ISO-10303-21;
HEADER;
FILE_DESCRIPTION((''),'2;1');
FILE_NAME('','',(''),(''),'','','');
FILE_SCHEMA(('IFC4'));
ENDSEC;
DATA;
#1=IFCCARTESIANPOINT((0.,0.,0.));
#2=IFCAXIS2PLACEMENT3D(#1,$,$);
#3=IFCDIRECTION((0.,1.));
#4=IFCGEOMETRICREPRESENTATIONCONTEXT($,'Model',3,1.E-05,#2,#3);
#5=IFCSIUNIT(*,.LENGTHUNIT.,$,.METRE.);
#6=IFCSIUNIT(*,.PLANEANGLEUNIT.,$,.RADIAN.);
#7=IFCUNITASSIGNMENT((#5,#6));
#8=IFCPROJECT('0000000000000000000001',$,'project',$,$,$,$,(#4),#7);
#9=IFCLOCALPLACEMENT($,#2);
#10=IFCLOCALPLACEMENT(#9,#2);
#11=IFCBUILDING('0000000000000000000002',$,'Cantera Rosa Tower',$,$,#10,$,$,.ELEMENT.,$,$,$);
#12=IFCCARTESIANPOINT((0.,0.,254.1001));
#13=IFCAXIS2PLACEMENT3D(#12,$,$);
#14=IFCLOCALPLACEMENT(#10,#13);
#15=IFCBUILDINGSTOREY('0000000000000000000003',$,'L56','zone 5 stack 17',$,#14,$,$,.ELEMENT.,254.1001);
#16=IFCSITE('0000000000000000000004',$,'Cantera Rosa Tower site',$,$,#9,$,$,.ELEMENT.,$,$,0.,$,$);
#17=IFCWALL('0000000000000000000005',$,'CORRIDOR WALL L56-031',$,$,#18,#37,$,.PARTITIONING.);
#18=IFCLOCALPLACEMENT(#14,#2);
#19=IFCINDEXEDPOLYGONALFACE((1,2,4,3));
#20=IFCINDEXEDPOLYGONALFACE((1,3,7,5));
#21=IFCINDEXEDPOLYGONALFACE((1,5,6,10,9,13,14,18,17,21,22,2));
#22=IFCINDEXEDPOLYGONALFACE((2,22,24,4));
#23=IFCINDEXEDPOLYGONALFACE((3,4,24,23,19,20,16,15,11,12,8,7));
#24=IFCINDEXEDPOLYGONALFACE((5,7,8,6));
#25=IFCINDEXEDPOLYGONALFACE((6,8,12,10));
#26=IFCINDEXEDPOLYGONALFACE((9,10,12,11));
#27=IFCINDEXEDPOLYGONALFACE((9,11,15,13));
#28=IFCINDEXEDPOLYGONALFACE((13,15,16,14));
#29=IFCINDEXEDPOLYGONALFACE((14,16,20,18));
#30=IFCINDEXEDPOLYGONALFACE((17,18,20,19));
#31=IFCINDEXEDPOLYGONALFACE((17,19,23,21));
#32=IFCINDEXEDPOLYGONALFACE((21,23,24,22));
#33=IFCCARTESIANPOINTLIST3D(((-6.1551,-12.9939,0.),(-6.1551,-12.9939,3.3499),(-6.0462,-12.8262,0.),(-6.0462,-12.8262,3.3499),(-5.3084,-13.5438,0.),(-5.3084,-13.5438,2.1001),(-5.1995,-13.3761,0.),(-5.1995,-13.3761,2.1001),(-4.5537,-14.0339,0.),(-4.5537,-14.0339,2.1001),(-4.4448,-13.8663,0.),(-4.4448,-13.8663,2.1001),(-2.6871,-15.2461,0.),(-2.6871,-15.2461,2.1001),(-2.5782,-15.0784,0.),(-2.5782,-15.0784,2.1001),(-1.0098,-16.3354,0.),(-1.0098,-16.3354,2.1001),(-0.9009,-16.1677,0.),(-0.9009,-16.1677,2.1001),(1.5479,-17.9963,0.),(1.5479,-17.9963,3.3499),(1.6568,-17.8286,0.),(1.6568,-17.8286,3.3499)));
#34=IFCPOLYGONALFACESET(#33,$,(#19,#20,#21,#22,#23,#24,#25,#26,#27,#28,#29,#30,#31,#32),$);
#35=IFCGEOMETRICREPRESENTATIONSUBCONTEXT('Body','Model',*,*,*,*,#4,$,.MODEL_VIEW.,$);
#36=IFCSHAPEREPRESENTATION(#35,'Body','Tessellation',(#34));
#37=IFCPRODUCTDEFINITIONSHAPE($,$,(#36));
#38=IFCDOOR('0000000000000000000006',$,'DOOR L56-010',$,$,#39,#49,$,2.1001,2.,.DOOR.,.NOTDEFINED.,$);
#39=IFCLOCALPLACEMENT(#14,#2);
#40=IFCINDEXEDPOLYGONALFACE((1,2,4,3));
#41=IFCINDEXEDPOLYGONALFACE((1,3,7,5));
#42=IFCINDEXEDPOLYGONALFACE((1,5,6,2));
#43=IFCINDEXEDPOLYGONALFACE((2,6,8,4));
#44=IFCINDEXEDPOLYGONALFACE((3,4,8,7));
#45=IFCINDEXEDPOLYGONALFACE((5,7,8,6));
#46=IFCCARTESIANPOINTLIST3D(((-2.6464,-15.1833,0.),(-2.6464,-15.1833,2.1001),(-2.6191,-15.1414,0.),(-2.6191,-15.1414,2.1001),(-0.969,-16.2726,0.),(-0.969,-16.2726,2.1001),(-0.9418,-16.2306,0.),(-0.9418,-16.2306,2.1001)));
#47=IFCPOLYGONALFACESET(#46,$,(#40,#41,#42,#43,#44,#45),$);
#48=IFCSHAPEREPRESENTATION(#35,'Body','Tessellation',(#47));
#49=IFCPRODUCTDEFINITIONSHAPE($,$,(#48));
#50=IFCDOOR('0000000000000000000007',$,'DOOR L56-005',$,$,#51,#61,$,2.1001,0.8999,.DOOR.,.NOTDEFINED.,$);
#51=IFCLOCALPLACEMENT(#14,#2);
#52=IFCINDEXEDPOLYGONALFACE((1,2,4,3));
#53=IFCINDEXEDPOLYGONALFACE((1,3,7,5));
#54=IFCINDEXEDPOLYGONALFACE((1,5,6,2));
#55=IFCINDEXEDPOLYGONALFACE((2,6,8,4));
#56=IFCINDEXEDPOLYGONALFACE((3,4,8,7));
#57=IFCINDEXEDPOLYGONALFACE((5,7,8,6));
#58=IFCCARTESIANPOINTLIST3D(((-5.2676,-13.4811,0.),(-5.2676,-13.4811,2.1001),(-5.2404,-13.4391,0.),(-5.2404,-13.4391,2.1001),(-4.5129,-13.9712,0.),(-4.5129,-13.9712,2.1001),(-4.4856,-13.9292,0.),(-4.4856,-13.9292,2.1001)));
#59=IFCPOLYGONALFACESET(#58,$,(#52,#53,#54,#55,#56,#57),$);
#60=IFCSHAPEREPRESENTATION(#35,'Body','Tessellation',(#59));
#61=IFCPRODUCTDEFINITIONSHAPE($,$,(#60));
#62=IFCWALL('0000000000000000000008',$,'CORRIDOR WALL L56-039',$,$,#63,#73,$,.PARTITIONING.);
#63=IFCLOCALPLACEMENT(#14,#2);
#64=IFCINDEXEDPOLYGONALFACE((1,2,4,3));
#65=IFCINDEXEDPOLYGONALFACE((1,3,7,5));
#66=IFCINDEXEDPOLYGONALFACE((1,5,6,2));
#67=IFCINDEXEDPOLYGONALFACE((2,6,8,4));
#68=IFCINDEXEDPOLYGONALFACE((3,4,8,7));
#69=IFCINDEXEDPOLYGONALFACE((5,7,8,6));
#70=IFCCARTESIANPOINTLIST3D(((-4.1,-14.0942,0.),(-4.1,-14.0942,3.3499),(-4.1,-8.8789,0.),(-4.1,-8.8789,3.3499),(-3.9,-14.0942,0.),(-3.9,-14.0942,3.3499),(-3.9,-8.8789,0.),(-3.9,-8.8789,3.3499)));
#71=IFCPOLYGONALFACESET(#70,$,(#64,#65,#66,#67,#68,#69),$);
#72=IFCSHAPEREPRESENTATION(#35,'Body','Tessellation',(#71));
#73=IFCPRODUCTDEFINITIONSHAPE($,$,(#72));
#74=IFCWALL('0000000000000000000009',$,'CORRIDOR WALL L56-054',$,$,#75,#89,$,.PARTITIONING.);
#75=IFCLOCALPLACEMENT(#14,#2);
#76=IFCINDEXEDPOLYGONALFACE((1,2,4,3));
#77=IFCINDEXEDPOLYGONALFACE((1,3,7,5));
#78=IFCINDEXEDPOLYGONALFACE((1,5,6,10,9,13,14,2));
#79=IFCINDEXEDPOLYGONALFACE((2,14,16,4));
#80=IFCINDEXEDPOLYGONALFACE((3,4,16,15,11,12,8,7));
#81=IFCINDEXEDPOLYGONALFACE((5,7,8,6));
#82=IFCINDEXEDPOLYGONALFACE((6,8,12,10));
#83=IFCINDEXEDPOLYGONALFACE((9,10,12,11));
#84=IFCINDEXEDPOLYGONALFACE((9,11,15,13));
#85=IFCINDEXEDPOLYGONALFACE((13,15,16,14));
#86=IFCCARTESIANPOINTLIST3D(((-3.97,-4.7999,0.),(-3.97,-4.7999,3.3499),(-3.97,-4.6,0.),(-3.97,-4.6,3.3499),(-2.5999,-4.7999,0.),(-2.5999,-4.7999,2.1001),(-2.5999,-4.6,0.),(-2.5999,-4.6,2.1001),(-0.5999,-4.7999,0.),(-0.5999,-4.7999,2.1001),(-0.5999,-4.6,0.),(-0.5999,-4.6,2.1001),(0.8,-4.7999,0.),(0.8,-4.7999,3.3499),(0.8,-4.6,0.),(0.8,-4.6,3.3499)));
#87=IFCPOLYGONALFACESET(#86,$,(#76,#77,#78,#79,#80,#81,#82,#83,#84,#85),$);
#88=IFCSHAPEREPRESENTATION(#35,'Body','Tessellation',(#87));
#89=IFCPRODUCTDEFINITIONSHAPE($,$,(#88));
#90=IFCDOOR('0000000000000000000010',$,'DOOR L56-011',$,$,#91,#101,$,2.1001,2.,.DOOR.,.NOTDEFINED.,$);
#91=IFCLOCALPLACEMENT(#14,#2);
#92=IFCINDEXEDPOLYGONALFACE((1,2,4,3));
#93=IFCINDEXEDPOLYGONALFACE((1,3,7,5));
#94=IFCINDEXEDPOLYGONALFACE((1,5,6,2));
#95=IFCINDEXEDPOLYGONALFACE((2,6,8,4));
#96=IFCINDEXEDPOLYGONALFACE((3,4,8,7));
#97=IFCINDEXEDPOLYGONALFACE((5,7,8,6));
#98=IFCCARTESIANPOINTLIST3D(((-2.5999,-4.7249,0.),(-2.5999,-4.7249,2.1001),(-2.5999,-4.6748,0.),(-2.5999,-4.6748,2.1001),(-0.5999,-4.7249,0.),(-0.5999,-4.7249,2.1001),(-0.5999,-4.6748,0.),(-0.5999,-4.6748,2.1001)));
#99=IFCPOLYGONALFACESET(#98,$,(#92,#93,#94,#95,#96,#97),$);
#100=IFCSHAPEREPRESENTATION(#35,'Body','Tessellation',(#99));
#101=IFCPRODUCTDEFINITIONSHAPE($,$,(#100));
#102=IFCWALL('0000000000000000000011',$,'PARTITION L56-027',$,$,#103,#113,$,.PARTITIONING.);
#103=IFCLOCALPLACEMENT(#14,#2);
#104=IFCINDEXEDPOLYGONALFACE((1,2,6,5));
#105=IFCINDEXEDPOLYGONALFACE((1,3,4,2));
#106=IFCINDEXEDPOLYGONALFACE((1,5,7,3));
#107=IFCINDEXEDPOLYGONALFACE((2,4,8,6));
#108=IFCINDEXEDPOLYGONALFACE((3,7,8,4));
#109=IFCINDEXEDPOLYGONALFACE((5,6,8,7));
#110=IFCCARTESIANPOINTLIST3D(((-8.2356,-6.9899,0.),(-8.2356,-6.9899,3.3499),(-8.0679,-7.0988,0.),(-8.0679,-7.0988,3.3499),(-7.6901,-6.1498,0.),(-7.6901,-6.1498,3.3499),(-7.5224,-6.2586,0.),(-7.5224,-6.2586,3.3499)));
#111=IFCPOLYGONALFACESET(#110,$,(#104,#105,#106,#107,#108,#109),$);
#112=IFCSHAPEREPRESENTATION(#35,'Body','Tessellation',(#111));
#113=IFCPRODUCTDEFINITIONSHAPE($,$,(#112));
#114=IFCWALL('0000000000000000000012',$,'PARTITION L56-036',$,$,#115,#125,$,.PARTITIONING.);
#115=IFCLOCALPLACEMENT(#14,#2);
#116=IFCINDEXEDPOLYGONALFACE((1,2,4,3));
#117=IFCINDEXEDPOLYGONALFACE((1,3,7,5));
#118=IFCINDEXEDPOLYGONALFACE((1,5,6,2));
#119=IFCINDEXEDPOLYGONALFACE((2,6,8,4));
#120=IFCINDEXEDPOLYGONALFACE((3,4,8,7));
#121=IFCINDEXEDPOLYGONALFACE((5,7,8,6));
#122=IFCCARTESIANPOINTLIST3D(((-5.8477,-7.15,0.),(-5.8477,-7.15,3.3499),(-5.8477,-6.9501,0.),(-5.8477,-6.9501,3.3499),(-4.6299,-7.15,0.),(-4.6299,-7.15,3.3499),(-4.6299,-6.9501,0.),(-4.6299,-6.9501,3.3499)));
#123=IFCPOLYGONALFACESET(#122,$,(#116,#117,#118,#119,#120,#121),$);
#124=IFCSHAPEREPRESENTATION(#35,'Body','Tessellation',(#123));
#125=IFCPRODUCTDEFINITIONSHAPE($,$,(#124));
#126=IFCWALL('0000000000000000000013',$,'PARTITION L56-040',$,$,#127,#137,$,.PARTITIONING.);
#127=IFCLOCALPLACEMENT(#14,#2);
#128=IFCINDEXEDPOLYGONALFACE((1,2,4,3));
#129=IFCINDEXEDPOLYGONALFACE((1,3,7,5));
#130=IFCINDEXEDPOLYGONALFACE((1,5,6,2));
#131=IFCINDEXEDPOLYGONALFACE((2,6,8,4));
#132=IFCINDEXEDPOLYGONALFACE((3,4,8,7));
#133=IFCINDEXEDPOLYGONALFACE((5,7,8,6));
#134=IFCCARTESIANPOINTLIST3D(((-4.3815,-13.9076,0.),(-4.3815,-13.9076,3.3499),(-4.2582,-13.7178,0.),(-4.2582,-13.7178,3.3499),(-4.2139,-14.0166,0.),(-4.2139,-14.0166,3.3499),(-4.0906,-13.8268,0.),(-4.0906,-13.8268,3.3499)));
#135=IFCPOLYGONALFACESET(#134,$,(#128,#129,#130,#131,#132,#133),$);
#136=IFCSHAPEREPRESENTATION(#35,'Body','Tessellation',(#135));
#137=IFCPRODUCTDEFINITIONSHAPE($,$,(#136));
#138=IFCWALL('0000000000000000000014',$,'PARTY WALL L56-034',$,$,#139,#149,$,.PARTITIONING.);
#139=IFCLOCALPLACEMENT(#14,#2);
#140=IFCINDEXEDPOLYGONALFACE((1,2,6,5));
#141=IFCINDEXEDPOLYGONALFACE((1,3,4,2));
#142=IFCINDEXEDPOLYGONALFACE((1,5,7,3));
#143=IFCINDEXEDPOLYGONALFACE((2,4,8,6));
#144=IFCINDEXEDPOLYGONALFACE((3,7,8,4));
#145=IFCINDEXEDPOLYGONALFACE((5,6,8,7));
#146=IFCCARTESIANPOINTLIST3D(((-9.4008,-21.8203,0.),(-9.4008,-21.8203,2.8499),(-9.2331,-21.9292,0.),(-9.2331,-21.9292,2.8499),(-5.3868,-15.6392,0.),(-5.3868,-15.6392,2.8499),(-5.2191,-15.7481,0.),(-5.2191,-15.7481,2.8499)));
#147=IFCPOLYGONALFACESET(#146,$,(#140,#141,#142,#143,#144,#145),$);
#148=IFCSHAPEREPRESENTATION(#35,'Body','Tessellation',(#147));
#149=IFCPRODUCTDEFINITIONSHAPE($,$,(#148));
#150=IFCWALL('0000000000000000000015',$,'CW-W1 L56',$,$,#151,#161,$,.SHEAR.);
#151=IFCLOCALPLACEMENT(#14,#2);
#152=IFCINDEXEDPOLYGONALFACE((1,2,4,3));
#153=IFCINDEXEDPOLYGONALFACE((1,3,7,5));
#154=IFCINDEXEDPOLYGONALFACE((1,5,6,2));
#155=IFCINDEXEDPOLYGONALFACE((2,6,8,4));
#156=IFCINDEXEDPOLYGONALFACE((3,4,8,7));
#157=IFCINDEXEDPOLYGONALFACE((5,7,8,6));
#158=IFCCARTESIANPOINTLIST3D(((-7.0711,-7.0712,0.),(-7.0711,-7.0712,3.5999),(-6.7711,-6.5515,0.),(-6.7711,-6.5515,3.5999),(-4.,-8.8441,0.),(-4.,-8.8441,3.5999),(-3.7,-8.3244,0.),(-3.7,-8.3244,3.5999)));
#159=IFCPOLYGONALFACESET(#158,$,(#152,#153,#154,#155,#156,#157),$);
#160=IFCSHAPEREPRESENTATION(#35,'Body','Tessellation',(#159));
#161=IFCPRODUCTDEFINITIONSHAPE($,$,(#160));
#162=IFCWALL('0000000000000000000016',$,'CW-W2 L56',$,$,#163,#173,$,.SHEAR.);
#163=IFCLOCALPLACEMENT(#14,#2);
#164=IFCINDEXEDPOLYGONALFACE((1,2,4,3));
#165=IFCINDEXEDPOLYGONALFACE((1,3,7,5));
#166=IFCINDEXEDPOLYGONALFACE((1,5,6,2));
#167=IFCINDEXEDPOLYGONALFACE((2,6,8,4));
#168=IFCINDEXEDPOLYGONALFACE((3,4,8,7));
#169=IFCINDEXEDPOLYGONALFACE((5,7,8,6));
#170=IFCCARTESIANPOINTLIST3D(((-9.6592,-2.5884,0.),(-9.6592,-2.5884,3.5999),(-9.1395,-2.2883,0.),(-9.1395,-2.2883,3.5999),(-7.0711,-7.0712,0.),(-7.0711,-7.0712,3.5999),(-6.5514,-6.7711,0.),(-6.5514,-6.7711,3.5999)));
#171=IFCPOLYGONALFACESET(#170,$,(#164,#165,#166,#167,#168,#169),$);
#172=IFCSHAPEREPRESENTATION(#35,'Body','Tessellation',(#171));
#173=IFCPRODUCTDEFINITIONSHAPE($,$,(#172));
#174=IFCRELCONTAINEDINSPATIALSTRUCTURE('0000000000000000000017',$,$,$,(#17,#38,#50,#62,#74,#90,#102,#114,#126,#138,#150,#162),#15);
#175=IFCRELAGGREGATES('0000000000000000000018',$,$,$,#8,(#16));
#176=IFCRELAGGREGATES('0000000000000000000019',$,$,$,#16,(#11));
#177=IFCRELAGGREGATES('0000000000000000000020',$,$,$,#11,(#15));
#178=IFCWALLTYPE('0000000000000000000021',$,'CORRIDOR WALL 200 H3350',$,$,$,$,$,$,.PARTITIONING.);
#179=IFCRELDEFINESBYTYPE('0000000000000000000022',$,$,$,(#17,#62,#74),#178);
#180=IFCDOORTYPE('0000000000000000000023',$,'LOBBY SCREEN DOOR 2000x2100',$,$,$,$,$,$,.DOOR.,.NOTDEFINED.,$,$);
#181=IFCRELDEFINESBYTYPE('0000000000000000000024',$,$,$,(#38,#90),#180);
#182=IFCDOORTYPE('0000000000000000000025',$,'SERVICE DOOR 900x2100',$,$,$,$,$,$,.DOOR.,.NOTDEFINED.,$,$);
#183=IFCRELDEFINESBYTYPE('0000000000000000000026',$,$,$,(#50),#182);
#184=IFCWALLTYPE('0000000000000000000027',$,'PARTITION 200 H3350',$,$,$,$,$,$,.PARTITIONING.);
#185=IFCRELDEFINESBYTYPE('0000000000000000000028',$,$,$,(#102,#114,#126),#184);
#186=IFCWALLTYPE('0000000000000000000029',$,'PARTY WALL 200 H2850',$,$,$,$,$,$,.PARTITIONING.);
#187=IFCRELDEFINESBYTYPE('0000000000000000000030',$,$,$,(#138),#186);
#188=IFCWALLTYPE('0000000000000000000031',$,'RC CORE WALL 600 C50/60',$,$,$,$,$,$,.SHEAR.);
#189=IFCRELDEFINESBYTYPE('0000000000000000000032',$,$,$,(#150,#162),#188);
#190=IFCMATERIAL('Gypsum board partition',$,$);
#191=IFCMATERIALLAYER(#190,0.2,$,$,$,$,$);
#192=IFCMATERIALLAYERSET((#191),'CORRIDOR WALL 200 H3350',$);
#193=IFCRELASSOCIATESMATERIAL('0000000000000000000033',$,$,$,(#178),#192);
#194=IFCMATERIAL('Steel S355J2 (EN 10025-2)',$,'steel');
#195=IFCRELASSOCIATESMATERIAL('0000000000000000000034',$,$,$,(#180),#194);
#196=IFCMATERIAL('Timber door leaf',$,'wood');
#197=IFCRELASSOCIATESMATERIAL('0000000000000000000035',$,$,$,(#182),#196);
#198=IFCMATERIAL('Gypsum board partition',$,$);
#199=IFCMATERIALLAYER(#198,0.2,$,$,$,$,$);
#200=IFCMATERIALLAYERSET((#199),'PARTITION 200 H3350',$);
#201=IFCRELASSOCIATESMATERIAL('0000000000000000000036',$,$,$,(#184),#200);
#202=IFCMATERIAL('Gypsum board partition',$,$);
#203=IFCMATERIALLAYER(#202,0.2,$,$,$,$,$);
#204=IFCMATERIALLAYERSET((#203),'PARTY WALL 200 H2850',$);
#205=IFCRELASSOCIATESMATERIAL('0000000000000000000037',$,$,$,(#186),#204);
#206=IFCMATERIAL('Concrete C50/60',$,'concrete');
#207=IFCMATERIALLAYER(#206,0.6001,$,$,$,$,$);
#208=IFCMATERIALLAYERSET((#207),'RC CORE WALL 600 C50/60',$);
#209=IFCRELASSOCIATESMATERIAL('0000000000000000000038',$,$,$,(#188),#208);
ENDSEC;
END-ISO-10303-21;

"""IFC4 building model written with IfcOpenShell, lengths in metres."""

from ifc_helpers import new_model, si_unit, direction, frame, frame_2d, origin, place, context, subcontext, project, spatial, rectangle, extrude, material, layer, layer_set, type_object, element, fill, save


model = new_model("IFC4")

# Units and contexts
model_context = context("Model", 3, precision=1e-05, world=origin(), true_north=direction((0.0, 1.0)))
body_context = subcontext(model_context, "Body", "Model", "MODEL_VIEW")
ifc_project = project(units=[si_unit("LENGTHUNIT", "METRE"), si_unit("PLANEANGLEUNIT", "RADIAN")], contexts=[model_context])

# Site, building, storey
site_placement = place(None, origin())
site = spatial("IfcSite", under=ifc_project, at=site_placement, Name="Cantera Rosa Tower site", CompositionType="ELEMENT", RefElevation=0.0)
building_placement = place(site_placement, origin())
building = spatial("IfcBuilding", under=site, at=building_placement, Name="Cantera Rosa Tower", CompositionType="ELEMENT")
storey_placement = place(building_placement, frame((0.0, 0.0, 254.1001)))
storey = spatial("IfcBuildingStorey", under=building, at=storey_placement, Name="L56", Description="zone 5 stack 17", CompositionType="ELEMENT", Elevation=254.1001)

# Wall, openings, doors
ifc_material_1 = material(Name="Gypsum board partition")
ifc_layer_1 = layer(ifc_material_1, 0.2)
ifc_layer_set_1 = layer_set([ifc_layer_1], Name="CORRIDOR WALL 200 H3350")
wall_type_1 = type_object("IfcWallType", Name="CORRIDOR WALL 200 H3350", PredefinedType="PARTITIONING", material=ifc_layer_set_1)
wall_1_placement = place(storey_placement, frame((-6.1006, -12.9102, 0.0), z_axis=(0.0, 0.0, 1.0), x_axis=(0.838672, -0.544637, 0.0)))
wall_1 = element("IfcWall", 1, at=wall_1_placement, inside=storey, type_object=wall_type_1, Name="CORRIDOR WALL L56-031", PredefinedType="PARTITIONING", context=body_context, shape_type="SweptSolid", body=[
    extrude(rectangle(XDim=9.1848, YDim=0.2, at=frame_2d((4.5923, 0.0))), origin(), (0.0, 0.0, 1.0), 3.3499),
])
opening_1_placement = place(wall_1_placement, frame((1.0095, 0.0, 0.0)))
opening_1 = element("IfcOpeningElement", 2, at=opening_1_placement, cuts=wall_1, PredefinedType="OPENING", context=body_context, shape_type="SweptSolid", body=[
    extrude(rectangle(XDim=0.8999, YDim=2.1001, at=frame_2d((0.45, 1.05))), frame((0.0, 0.1099, 0.0), z_axis=(0.0, -1.0, 0.0), x_axis=(1.0, 0.0, 0.0)), (0.0, 0.0, 1.0), 0.22),
])
opening_2_placement = place(wall_1_placement, frame((4.135, 0.0, 0.0)))
opening_2 = element("IfcOpeningElement", 3, at=opening_2_placement, cuts=wall_1, PredefinedType="OPENING", context=body_context, shape_type="SweptSolid", body=[
    extrude(rectangle(XDim=2.0, YDim=2.1001, at=frame_2d((1.0, 1.05))), frame((0.0, 0.1099, 0.0), z_axis=(0.0, -1.0, 0.0), x_axis=(1.0, 0.0, 0.0)), (0.0, 0.0, 1.0), 0.22),
])
ifc_material_2 = material(Name="Steel S355J2 (EN 10025-2)", Category="steel")
door_type_1 = type_object("IfcDoorType", Name="LOBBY SCREEN DOOR 2000x2100", OperationType="NOTDEFINED", PredefinedType="DOOR", material=ifc_material_2)
door_1_placement = place(opening_2_placement, origin())
door_1 = element("IfcDoor", 4, at=door_1_placement, inside=storey, type_object=door_type_1, Name="DOOR L56-010", OperationType="NOTDEFINED", OverallHeight=2.1001, OverallWidth=2.0, PredefinedType="DOOR", context=body_context, shape_type="SweptSolid", body=[
    extrude(rectangle(XDim=2.0, YDim=2.1001, at=frame_2d((1.0, 1.05))), frame((0.0, 0.0249, 0.0), z_axis=(0.0, -1.0, 0.0), x_axis=(1.0, 0.0, 0.0)), (0.0, 0.0, 1.0), 0.05),
])
fill(opening_2, door_1)
ifc_material_3 = material(Name="Timber door leaf", Category="wood")
door_type_2 = type_object("IfcDoorType", Name="SERVICE DOOR 900x2100", OperationType="NOTDEFINED", PredefinedType="DOOR", material=ifc_material_3)
door_2_placement = place(opening_1_placement, origin())
door_2 = element("IfcDoor", 5, at=door_2_placement, inside=storey, type_object=door_type_2, Name="DOOR L56-005", OperationType="NOTDEFINED", OverallHeight=2.1001, OverallWidth=0.8999, PredefinedType="DOOR", context=body_context, shape_type="SweptSolid", body=[
    extrude(rectangle(XDim=0.8999, YDim=2.1001, at=frame_2d((0.45, 1.05))), frame((0.0, 0.0249, 0.0), z_axis=(0.0, -1.0, 0.0), x_axis=(1.0, 0.0, 0.0)), (0.0, 0.0, 1.0), 0.05),
])
fill(opening_1, door_2)

# Wall
wall_2_placement = place(storey_placement, frame((-4.0, -14.0942, 0.0), z_axis=(0.0, 0.0, 1.0), x_axis=(0.0, 1.0, 0.0)))
element("IfcWall", 6, at=wall_2_placement, inside=storey, type_object=wall_type_1, Name="CORRIDOR WALL L56-039", PredefinedType="PARTITIONING", context=body_context, shape_type="SweptSolid", body=[
    extrude(rectangle(XDim=5.2153, YDim=0.2, at=frame_2d((2.6077, 0.0))), origin(), (0.0, 0.0, 1.0), 3.3499),
])

# Wall, opening, door
wall_3_placement = place(storey_placement, frame((0.8, -4.7, 0.0), z_axis=(0.0, 0.0, 1.0), x_axis=(-1.0, 0.0, 0.0)))
wall_3 = element("IfcWall", 7, at=wall_3_placement, inside=storey, type_object=wall_type_1, Name="CORRIDOR WALL L56-054", PredefinedType="PARTITIONING", context=body_context, shape_type="SweptSolid", body=[
    extrude(rectangle(XDim=4.77, YDim=0.2, at=frame_2d((2.385, 0.0))), origin(), (0.0, 0.0, 1.0), 3.3499),
])
opening_3_placement = place(wall_3_placement, frame((1.3999, 0.0, 0.0)))
opening_3 = element("IfcOpeningElement", 8, at=opening_3_placement, cuts=wall_3, PredefinedType="OPENING", context=body_context, shape_type="SweptSolid", body=[
    extrude(rectangle(XDim=2.0, YDim=2.1001, at=frame_2d((1.0, 1.05))), frame((0.0, 0.1099, 0.0), z_axis=(0.0, -1.0, 0.0), x_axis=(1.0, 0.0, 0.0)), (0.0, 0.0, 1.0), 0.22),
])
door_3_placement = place(opening_3_placement, origin())
door_3 = element("IfcDoor", 9, at=door_3_placement, inside=storey, type_object=door_type_1, Name="DOOR L56-011", OperationType="NOTDEFINED", OverallHeight=2.1001, OverallWidth=2.0, PredefinedType="DOOR", context=body_context, shape_type="SweptSolid", body=[
    extrude(rectangle(XDim=2.0, YDim=2.1001, at=frame_2d((1.0, 1.05))), frame((0.0, 0.0249, 0.0), z_axis=(0.0, -1.0, 0.0), x_axis=(1.0, 0.0, 0.0)), (0.0, 0.0, 1.0), 0.05),
])
fill(opening_3, door_3)

# Walls
ifc_material_4 = material(Name="Gypsum board partition")
ifc_layer_2 = layer(ifc_material_4, 0.2)
ifc_layer_set_2 = layer_set([ifc_layer_2], Name="PARTITION 200 H3350")
wall_type_2 = type_object("IfcWallType", Name="PARTITION 200 H3350", PredefinedType="PARTITIONING", material=ifc_layer_set_2)
wall_4_placement = place(storey_placement, frame((-7.6062, -6.2041, 0.0), z_axis=(0.0, 0.0, 1.0), x_axis=(-0.544534, -0.838739, 0.0)))
element("IfcWall", 10, at=wall_4_placement, inside=storey, type_object=wall_type_2, Name="PARTITION L56-027", PredefinedType="PARTITIONING", context=body_context, shape_type="SweptSolid", body=[
    extrude(rectangle(XDim=1.0017, YDim=0.2, at=frame_2d((0.501, 0.0))), origin(), (0.0, 0.0, 1.0), 3.3499),
])
wall_5_placement = place(storey_placement, frame((-4.6299, -7.05, 0.0), z_axis=(0.0, 0.0, 1.0), x_axis=(-1.0, 0.0, 0.0)))
element("IfcWall", 11, at=wall_5_placement, inside=storey, type_object=wall_type_2, Name="PARTITION L56-036", PredefinedType="PARTITIONING", context=body_context, shape_type="SweptSolid", body=[
    extrude(rectangle(XDim=1.2178, YDim=0.2, at=frame_2d((0.6089, 0.0))), origin(), (0.0, 0.0, 1.0), 3.3499),
])
wall_6_placement = place(storey_placement, frame((-4.1743, -13.7722, 0.0), z_axis=(0.0, 0.0, 1.0), x_axis=(-0.54495, -0.838468, 0.0)))
element("IfcWall", 12, at=wall_6_placement, inside=storey, type_object=wall_type_2, Name="PARTITION L56-040", PredefinedType="PARTITIONING", context=body_context, shape_type="SweptSolid", body=[
    extrude(rectangle(XDim=0.2263, YDim=0.2, at=frame_2d((0.1133, 0.0))), origin(), (0.0, 0.0, 1.0), 3.3499),
])
ifc_material_5 = material(Name="Gypsum board partition")
ifc_layer_3 = layer(ifc_material_5, 0.2)
ifc_layer_set_3 = layer_set([ifc_layer_3], Name="PARTY WALL 200 H2850")
wall_type_3 = type_object("IfcWallType", Name="PARTY WALL 200 H2850", PredefinedType="PARTITIONING", material=ifc_layer_set_3)
wall_7_placement = place(storey_placement, frame((-5.303, -15.6936, 0.0), z_axis=(0.0, 0.0, 1.0), x_axis=(-0.544623, -0.838681, 0.0)))
element("IfcWall", 13, at=wall_7_placement, inside=storey, type_object=wall_type_3, Name="PARTY WALL L56-034", PredefinedType="PARTITIONING", context=body_context, shape_type="SweptSolid", body=[
    extrude(rectangle(XDim=7.3701, YDim=0.2, at=frame_2d((3.6851, 0.0))), origin(), (0.0, 0.0, 1.0), 2.8499),
])
ifc_material_6 = material(Name="Concrete C50/60", Category="concrete")
ifc_layer_4 = layer(ifc_material_6, 0.6001)
ifc_layer_set_4 = layer_set([ifc_layer_4], Name="RC CORE WALL 600 C50/60")
wall_type_4 = type_object("IfcWallType", Name="RC CORE WALL 600 C50/60", PredefinedType="SHEAR", material=ifc_layer_set_4)
wall_8_placement = place(storey_placement, frame((-3.8501, -8.5842, 0.0), z_axis=(0.0, 0.0, 1.0), x_axis=(-0.86604, 0.499975, 0.0)))
element("IfcWall", 14, at=wall_8_placement, inside=storey, type_object=wall_type_4, Name="CW-W1 L56", PredefinedType="SHEAR", context=body_context, shape_type="SweptSolid", body=[
    extrude(rectangle(XDim=3.5461, YDim=0.6001, at=frame_2d((1.7729, 0.0))), origin(), (0.0, 0.0, 1.0), 3.5999),
])
wall_9_placement = place(storey_placement, frame((-6.8113, -6.9211, 0.0), z_axis=(0.0, 0.0, 1.0), x_axis=(-0.499989, 0.866032, 0.0)))
element("IfcWall", 15, at=wall_9_placement, inside=storey, type_object=wall_type_4, Name="CW-W2 L56", PredefinedType="SHEAR", context=body_context, shape_type="SweptSolid", body=[
    extrude(rectangle(XDim=5.1763, YDim=0.6001, at=frame_2d((2.5881, 0.0))), origin(), (0.0, 0.0, 1.0), 3.5999),
])

save(model, "model.ifc")
